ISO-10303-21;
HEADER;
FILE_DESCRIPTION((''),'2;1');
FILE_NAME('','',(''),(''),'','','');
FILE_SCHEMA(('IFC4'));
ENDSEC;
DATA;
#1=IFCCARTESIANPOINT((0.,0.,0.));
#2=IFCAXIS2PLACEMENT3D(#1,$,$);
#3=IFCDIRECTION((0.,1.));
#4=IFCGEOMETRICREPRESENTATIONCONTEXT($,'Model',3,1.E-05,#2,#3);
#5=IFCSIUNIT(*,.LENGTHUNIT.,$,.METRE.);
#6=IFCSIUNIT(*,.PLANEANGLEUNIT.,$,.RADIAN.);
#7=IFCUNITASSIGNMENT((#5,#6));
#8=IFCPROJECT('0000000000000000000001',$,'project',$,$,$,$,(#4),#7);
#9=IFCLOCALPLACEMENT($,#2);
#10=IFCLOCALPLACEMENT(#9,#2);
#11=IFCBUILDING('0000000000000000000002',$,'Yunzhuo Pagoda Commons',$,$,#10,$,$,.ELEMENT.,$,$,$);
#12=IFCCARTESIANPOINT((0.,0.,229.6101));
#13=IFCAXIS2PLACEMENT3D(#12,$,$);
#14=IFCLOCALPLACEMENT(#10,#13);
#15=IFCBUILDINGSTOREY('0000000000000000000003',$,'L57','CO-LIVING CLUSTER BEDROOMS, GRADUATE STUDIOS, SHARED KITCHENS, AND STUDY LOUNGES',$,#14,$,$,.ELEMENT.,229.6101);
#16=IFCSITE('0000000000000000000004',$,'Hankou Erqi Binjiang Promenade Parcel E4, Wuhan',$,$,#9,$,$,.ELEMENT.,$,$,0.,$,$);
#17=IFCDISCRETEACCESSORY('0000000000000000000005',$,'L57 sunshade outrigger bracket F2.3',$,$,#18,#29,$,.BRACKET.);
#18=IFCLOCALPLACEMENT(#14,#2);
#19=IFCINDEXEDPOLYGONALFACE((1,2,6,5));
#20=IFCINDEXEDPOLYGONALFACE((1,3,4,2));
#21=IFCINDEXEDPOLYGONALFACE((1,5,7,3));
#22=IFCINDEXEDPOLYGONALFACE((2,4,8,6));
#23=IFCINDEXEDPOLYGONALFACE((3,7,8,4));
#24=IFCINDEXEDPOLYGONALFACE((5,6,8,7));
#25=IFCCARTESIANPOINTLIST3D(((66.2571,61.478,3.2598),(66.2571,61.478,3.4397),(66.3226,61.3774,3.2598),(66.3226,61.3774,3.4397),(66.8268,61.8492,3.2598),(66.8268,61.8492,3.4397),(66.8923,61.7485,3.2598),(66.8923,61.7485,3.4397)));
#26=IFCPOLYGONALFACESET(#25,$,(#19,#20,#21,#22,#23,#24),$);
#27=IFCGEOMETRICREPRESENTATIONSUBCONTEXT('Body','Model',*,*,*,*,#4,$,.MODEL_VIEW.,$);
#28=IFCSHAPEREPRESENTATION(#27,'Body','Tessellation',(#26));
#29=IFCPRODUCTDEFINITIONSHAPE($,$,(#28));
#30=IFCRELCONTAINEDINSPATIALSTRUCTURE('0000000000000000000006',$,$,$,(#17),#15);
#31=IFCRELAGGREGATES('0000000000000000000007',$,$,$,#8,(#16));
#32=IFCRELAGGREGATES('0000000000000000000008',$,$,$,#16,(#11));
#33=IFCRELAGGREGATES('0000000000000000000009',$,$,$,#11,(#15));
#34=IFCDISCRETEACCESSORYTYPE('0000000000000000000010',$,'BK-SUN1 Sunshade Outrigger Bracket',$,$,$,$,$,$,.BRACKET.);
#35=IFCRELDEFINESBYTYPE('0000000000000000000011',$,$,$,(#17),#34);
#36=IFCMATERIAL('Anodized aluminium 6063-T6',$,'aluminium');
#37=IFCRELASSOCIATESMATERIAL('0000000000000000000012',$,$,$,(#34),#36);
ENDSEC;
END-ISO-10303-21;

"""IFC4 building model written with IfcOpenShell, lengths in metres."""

from ifc_helpers import new_model, si_unit, direction, frame, origin, origin_2d, place, context, subcontext, project, spatial, rectangle, extrude, source, transform, mapped, material, type_object, element, save


model = new_model("IFC4")

# Units and contexts
model_context = context("Model", 3, precision=1e-05, world=origin(), true_north=direction((0.0, 1.0)))
body_context = subcontext(model_context, "Body", "Model", "MODEL_VIEW")
ifc_project = project(units=[si_unit("LENGTHUNIT", "METRE"), si_unit("PLANEANGLEUNIT", "RADIAN")], contexts=[model_context])

# Site, building, storey
site_placement = place(None, origin())
site = spatial("IfcSite", under=ifc_project, at=site_placement, Name="Hankou Erqi Binjiang Promenade Parcel E4, Wuhan", CompositionType="ELEMENT", RefElevation=0.0)
building_placement = place(site_placement, origin())
building = spatial("IfcBuilding", under=site, at=building_placement, Name="Yunzhuo Pagoda Commons", CompositionType="ELEMENT")
storey_placement = place(building_placement, frame((0.0, 0.0, 229.6101)))
storey = spatial("IfcBuildingStorey", under=building, at=storey_placement, Name="L57", Description="CO-LIVING CLUSTER BEDROOMS, GRADUATE STUDIOS, SHARED KITCHENS, AND STUDY LOUNGES", CompositionType="ELEMENT", Elevation=229.6101)

# Shared definitions
ifc_material_1 = material(Name="Anodized aluminium 6063-T6", Category="aluminium")

# Discrete accessory
discrete_accessory_type = type_object("IfcDiscreteAccessoryType", Name="BK-SUN1 Sunshade Outrigger Bracket", PredefinedType="BRACKET", material=ifc_material_1)
shared_shape_1 = source(origin(), body_context, "Body", "SweptSolid", [
    extrude(rectangle(XDim=0.1201, YDim=0.6799, at=origin_2d()), origin(), (0.0, 0.0, 1.0), 0.1799),
])
discrete_accessory_placement = place(storey_placement, frame((66.5747, 61.6133, 3.2598), z_axis=(0.0, 0.0, 1.0), x_axis=(-0.545839, 0.83789, 0.0)))
element("IfcDiscreteAccessory", 1, at=discrete_accessory_placement, inside=storey, type_object=discrete_accessory_type, Name="L57 sunshade outrigger bracket F2.3", PredefinedType="BRACKET", context=body_context, shape_type="MappedRepresentation", body=[
    mapped(shared_shape_1, transform((0.0, 0.0, 0.0), scale=1.0)),
])

save(model, "model.ifc")
